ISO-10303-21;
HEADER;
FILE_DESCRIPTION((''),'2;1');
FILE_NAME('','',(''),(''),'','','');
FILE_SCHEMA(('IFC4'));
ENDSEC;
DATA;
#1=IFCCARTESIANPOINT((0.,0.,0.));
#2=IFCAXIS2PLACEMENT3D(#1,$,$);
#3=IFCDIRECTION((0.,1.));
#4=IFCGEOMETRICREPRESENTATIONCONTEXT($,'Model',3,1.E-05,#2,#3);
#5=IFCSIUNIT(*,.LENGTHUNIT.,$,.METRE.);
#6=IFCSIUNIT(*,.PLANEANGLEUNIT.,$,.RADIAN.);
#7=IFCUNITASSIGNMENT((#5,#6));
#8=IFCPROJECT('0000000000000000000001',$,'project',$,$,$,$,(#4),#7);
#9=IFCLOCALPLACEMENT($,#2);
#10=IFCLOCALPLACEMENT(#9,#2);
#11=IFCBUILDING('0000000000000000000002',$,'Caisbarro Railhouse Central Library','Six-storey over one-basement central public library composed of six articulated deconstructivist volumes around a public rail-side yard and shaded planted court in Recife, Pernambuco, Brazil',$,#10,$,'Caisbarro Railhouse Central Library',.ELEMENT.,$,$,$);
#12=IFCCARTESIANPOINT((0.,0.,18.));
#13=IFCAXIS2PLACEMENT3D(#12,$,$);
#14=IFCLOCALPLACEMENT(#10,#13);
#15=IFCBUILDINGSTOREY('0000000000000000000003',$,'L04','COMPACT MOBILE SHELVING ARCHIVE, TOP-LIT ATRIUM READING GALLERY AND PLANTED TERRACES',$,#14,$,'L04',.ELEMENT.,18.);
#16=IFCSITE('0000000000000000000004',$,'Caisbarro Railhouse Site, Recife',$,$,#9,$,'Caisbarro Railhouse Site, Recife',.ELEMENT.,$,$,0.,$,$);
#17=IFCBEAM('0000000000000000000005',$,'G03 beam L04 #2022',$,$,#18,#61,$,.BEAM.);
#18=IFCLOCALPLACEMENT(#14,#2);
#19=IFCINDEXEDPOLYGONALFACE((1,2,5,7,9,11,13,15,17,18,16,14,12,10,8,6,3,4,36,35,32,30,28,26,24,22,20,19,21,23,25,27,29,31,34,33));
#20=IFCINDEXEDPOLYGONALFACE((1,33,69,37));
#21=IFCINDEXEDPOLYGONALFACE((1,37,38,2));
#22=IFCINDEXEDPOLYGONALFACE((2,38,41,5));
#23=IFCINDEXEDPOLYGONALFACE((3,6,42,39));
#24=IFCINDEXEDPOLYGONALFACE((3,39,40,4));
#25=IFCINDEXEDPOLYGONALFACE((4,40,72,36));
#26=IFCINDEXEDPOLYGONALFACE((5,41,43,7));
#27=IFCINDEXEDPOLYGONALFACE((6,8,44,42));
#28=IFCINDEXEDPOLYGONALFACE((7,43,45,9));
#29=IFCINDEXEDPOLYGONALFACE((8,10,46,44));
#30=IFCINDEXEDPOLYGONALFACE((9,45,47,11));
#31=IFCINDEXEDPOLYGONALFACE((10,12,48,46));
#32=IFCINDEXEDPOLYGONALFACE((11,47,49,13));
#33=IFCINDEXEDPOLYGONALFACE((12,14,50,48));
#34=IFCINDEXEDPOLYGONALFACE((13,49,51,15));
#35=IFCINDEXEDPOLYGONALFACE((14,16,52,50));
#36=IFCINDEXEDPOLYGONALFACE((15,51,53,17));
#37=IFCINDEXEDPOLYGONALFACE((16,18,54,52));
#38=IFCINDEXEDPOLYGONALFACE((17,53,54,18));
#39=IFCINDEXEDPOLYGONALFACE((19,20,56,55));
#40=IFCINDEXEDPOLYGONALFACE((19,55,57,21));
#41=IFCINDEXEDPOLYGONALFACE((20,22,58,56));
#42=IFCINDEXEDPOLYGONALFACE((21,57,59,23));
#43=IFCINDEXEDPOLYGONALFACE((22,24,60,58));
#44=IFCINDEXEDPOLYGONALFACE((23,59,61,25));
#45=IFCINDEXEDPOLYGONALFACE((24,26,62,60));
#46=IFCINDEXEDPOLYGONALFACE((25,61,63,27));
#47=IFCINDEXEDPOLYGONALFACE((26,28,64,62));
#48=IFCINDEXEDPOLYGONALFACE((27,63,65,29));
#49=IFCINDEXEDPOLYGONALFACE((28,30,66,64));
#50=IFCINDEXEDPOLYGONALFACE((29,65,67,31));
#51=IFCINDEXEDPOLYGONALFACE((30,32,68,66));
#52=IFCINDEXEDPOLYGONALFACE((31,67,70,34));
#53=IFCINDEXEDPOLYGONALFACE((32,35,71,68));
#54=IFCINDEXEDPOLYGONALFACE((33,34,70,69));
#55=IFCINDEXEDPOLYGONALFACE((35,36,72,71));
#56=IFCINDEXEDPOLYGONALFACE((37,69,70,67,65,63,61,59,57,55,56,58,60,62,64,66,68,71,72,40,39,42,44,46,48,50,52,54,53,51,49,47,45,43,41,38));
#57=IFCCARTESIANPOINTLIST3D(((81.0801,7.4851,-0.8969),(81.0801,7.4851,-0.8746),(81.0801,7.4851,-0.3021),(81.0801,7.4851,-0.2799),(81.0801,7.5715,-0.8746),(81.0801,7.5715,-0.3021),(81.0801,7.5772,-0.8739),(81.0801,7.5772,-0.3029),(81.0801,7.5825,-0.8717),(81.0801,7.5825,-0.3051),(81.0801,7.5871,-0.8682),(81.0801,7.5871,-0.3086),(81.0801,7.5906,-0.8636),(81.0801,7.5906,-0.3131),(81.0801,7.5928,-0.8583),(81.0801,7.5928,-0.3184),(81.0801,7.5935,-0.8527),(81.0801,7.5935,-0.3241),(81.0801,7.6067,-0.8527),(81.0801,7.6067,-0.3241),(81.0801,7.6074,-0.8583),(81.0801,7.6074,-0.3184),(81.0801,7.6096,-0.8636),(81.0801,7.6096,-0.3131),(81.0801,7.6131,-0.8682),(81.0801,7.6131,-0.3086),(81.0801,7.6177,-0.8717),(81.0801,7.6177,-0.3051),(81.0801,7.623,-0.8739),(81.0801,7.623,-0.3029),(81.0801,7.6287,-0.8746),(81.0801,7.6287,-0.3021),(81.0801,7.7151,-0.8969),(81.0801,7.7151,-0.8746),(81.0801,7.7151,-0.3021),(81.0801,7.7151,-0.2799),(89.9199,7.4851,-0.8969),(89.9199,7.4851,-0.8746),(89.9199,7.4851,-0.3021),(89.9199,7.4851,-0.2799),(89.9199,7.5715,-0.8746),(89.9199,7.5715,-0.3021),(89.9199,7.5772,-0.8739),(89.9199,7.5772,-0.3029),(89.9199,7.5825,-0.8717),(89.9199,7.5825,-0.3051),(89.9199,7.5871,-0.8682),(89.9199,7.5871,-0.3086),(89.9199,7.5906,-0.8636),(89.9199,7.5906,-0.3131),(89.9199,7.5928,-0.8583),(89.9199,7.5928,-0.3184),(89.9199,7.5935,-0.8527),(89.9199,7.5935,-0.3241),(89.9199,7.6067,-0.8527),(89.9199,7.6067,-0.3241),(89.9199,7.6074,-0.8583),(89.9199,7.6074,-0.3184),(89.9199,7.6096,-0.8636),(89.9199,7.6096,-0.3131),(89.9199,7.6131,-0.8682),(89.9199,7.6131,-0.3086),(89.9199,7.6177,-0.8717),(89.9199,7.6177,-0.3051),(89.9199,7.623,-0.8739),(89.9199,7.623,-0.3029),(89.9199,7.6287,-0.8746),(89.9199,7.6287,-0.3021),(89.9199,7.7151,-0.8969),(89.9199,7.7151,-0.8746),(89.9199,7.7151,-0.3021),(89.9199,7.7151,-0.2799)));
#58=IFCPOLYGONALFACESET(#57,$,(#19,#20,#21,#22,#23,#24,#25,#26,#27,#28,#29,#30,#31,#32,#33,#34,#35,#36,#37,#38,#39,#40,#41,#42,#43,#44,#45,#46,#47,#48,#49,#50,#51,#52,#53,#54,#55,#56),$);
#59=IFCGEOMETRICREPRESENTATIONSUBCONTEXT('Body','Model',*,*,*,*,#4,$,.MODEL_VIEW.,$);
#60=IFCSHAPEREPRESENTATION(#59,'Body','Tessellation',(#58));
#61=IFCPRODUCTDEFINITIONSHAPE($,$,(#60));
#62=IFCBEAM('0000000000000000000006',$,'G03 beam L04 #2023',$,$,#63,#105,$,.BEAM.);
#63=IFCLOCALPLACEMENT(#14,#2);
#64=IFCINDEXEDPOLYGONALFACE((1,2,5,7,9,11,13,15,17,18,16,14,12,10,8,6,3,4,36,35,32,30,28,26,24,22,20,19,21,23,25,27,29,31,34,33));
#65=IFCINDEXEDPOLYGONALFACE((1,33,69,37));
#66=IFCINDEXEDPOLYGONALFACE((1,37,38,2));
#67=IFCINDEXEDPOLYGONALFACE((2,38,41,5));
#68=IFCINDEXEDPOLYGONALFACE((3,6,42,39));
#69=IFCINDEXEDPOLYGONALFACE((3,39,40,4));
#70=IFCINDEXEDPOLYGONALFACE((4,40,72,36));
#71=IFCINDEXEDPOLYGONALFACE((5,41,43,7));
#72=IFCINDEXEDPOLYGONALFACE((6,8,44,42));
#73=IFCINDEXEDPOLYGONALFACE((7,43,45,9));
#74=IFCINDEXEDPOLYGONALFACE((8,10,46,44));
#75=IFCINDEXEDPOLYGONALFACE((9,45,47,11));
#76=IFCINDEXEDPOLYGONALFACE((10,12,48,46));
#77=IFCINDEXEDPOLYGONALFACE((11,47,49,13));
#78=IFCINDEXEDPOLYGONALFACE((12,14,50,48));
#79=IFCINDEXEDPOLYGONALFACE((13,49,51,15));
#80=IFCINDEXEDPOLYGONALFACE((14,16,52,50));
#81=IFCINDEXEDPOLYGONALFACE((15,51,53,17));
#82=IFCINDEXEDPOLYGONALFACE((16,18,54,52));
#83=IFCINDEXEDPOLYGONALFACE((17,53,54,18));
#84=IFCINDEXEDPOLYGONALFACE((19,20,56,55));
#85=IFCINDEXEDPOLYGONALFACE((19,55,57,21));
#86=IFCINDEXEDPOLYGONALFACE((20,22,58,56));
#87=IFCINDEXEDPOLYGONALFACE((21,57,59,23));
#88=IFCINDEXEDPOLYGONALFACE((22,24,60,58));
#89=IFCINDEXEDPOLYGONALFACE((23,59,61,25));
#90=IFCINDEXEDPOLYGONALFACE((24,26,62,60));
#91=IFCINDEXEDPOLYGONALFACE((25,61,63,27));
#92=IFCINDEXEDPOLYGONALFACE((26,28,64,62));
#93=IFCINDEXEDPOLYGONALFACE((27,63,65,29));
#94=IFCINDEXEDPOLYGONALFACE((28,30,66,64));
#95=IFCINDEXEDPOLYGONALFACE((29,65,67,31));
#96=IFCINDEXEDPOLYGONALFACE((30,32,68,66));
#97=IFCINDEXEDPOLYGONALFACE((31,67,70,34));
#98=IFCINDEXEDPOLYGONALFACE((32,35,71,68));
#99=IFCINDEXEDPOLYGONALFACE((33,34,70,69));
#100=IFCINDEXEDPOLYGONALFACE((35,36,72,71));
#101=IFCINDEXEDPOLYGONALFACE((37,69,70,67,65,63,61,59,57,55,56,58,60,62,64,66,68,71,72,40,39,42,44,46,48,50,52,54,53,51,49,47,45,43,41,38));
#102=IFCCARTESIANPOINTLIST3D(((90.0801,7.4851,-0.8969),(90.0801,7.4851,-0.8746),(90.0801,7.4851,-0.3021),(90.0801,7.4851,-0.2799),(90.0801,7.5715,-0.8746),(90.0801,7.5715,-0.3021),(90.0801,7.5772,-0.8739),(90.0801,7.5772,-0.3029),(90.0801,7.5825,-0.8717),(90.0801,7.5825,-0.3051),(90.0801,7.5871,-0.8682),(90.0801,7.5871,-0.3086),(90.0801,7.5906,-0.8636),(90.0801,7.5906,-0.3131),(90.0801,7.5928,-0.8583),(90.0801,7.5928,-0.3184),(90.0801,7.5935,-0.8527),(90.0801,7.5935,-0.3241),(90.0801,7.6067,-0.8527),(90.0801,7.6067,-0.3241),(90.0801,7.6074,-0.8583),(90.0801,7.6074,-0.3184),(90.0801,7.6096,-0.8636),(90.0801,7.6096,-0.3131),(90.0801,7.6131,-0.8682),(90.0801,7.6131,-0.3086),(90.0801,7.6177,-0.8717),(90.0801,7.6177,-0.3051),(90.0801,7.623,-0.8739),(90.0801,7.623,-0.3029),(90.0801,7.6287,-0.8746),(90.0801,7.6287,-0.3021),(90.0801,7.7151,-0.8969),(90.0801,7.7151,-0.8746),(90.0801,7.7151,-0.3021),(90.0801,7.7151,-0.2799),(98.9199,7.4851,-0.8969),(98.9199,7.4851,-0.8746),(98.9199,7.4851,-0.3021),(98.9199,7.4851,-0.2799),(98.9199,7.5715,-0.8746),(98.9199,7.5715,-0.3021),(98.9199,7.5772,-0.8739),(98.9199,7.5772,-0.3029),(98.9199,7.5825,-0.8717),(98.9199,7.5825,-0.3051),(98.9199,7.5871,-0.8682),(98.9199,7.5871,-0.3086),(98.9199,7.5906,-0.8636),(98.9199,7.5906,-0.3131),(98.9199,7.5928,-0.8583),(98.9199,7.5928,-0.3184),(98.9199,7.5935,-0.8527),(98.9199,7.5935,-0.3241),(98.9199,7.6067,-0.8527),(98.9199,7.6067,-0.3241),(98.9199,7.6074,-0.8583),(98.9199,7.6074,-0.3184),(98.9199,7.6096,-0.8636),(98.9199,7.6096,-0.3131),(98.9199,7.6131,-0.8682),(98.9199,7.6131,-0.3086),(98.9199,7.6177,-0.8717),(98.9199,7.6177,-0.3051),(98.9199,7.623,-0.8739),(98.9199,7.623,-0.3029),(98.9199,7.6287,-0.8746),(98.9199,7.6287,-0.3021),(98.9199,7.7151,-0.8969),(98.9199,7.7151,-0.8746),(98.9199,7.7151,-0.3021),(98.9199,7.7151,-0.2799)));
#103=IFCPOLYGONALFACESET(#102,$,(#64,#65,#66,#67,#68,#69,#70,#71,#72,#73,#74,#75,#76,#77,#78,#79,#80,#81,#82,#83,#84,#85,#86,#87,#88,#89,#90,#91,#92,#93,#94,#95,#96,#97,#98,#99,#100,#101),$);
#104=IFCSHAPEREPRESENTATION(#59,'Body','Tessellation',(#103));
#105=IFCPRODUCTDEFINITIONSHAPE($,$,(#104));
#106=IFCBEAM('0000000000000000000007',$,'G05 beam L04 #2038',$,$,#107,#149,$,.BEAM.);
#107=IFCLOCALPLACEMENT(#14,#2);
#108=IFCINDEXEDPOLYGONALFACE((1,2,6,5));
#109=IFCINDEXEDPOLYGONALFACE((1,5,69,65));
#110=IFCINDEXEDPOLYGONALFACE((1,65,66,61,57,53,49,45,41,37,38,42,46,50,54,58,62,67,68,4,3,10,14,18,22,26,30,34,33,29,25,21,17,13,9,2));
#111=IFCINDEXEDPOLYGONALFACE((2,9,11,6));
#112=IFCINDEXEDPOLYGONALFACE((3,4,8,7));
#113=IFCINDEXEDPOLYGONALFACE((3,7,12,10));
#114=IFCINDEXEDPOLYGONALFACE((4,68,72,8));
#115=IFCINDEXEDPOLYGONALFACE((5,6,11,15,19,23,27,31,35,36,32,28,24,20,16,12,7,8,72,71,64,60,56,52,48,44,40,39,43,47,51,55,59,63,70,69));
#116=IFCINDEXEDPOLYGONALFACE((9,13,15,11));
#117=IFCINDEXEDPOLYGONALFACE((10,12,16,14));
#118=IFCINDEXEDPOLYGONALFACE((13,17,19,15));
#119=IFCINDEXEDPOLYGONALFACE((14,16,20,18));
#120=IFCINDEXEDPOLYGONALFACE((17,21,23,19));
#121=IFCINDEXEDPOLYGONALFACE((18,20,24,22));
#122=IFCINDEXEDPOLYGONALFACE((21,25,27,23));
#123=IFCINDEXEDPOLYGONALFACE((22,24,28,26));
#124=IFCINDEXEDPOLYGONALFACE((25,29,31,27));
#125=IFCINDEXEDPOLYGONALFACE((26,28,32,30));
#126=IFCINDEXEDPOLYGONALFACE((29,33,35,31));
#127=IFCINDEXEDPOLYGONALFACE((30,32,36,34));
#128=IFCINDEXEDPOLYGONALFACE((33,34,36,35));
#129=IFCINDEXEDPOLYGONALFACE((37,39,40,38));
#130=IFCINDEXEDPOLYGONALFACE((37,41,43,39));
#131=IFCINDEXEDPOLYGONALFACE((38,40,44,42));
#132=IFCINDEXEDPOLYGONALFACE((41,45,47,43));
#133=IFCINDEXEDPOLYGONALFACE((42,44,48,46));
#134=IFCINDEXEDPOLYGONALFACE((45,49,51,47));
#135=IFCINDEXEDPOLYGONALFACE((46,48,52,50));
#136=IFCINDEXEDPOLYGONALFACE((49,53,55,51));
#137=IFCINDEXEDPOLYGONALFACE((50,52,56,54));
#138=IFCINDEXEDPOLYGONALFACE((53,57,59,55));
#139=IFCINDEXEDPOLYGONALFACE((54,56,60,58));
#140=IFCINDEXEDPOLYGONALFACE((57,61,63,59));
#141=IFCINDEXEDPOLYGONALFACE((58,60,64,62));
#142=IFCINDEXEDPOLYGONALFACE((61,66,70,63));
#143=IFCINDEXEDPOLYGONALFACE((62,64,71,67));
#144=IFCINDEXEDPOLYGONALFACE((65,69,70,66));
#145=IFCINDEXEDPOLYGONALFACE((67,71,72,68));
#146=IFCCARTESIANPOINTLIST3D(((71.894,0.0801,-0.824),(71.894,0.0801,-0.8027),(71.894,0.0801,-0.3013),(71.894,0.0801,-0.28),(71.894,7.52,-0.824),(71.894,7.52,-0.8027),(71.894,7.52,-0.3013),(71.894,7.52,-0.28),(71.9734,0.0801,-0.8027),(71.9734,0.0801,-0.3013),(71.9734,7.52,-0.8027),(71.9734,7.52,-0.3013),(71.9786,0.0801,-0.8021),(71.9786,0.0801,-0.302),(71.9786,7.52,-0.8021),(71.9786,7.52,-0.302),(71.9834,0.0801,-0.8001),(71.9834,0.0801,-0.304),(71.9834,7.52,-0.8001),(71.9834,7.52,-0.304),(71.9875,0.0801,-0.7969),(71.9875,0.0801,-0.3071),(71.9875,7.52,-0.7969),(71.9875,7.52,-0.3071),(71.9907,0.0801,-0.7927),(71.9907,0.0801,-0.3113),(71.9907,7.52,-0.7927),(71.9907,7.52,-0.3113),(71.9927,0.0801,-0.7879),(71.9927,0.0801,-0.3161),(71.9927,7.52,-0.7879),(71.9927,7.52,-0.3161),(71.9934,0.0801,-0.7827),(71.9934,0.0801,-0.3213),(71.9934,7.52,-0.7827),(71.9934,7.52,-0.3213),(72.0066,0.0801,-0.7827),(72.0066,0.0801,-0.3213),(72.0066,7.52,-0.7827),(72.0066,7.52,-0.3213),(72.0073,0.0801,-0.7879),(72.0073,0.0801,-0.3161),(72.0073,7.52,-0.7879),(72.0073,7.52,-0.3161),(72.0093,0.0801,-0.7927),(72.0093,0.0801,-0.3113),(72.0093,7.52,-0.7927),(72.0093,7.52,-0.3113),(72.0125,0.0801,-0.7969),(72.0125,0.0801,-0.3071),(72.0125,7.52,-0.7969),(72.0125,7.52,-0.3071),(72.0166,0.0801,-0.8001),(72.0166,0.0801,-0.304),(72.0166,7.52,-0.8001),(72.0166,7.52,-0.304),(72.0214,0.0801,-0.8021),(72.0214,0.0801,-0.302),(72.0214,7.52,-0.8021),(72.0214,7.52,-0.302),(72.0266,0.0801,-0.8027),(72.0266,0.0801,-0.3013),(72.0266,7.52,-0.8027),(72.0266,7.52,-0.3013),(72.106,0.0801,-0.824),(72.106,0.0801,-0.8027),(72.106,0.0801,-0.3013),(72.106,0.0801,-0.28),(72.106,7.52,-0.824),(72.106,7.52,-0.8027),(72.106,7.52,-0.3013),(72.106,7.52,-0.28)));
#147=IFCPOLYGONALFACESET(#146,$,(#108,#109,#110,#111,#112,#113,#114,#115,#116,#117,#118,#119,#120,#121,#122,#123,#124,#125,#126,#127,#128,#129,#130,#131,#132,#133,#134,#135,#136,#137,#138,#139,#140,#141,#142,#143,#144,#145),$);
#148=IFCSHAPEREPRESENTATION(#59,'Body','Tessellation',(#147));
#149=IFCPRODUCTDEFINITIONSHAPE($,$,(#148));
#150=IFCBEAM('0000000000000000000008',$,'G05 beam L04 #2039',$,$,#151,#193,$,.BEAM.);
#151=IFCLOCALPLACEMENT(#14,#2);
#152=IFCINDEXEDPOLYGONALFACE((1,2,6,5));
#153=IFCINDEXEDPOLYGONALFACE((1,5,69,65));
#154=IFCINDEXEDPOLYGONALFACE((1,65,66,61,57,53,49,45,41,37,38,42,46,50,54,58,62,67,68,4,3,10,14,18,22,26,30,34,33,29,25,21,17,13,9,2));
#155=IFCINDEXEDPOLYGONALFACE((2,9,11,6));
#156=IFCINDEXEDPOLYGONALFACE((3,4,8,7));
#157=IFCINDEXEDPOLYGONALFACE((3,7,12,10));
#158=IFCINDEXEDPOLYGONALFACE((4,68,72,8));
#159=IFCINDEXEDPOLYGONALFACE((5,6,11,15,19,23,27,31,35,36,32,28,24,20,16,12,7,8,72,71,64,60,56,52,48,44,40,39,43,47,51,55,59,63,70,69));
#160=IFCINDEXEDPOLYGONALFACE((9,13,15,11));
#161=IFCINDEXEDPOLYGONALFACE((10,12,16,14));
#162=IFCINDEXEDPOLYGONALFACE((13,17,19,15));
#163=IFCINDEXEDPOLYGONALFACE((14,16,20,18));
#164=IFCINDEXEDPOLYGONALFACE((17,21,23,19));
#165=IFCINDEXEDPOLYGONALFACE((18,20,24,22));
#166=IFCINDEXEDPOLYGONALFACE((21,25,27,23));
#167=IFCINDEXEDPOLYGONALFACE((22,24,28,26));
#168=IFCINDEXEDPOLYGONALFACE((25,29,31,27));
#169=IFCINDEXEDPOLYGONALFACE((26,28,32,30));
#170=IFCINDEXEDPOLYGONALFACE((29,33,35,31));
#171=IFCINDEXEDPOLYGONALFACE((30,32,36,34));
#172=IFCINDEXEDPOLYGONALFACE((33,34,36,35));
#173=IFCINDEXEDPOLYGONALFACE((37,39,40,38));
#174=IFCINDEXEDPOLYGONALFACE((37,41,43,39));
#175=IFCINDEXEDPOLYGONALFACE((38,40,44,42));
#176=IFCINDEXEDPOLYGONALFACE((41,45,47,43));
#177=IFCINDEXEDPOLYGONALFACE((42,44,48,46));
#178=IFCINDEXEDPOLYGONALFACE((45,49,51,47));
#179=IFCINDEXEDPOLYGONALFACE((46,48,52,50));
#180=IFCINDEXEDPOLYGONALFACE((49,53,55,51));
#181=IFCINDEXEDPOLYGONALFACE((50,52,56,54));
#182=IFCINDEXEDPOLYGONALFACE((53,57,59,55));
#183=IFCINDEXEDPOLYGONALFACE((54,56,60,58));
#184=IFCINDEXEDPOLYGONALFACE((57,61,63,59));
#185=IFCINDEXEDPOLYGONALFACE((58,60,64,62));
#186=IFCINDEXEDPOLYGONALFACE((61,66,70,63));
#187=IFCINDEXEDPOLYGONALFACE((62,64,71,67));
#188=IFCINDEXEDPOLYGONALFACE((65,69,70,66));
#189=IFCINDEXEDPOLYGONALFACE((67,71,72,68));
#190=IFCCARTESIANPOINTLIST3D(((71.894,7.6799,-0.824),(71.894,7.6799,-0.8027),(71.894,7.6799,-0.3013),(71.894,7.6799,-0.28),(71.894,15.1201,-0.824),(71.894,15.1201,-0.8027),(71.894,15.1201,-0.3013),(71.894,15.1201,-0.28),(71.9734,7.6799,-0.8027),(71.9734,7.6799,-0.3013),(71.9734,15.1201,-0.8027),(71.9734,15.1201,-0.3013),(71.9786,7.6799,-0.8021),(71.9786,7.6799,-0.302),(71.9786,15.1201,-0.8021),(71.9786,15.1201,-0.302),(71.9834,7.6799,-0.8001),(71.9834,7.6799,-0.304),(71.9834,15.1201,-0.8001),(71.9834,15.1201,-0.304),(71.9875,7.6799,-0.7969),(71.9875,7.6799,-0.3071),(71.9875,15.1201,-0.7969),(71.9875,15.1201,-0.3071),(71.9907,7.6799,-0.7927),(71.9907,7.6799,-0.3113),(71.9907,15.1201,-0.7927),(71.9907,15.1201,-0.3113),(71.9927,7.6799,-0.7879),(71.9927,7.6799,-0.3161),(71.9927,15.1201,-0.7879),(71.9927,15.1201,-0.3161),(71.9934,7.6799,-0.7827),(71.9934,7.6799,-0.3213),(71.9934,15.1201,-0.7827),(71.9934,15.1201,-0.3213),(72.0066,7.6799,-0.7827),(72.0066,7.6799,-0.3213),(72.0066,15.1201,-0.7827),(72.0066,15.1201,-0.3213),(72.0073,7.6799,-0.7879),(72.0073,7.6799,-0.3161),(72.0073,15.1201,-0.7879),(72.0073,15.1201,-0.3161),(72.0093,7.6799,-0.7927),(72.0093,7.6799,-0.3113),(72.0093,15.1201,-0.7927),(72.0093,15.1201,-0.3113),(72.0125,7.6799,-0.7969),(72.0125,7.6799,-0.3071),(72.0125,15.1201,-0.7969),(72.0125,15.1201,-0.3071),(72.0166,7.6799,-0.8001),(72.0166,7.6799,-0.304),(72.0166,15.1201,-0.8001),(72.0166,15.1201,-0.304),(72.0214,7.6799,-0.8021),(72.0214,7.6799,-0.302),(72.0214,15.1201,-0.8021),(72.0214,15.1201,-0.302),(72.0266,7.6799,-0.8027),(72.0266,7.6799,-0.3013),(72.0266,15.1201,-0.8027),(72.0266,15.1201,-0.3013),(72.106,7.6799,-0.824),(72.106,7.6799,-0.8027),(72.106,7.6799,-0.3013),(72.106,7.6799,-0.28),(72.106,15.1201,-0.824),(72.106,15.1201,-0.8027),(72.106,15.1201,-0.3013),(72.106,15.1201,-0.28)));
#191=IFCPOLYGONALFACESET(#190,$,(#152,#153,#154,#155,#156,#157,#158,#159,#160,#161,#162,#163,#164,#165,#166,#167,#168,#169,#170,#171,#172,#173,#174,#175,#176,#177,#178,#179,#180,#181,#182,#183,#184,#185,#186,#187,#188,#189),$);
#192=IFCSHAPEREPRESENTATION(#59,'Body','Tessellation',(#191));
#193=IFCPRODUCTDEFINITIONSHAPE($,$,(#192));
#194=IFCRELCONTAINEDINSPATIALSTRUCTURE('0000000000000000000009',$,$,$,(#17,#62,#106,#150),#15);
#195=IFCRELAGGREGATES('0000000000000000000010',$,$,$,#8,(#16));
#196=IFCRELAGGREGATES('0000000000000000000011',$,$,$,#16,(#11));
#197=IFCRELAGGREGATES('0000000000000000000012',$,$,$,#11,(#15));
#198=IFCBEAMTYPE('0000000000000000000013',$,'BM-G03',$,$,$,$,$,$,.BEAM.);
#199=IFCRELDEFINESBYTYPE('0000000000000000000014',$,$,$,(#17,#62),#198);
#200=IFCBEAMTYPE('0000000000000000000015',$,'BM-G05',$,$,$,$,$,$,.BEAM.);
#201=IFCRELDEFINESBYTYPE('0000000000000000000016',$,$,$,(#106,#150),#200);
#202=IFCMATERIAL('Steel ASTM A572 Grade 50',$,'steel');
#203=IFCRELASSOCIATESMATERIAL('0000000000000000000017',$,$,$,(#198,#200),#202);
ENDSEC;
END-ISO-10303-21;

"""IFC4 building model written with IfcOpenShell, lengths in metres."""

from ifc_helpers import new_model, si_unit, direction, frame, origin, origin_2d, place, context, subcontext, project, spatial, i_section, extrude, material, material_profile, profile_set, type_object, element, save


model = new_model("IFC4")

# Units and contexts
model_context = context("Model", 3, precision=1e-05, world=origin(), true_north=direction((0.0, 1.0)))
body_context = subcontext(model_context, "Body", "Model", "MODEL_VIEW")
ifc_project = project(units=[si_unit("LENGTHUNIT", "METRE"), si_unit("PLANEANGLEUNIT", "RADIAN")], contexts=[model_context])

# Site, building, storey
site_placement = place(None, origin())
site = spatial("IfcSite", under=ifc_project, at=site_placement, Name="Caisbarro Railhouse Site, Recife", LongName="Caisbarro Railhouse Site, Recife", CompositionType="ELEMENT", RefElevation=0.0)
building_placement = place(site_placement, origin())
building = spatial("IfcBuilding", under=site, at=building_placement, Name="Caisbarro Railhouse Central Library", Description="Six-storey over one-basement central public library composed of six articulated deconstructivist volumes around a public rail-side yard and shaded planted court in Recife, Pernambuco, Brazil", LongName="Caisbarro Railhouse Central Library", CompositionType="ELEMENT")
storey_placement = place(building_placement, frame((0.0, 0.0, 18.0)))
storey = spatial("IfcBuildingStorey", under=building, at=storey_placement, Name="L04", Description="COMPACT MOBILE SHELVING ARCHIVE, TOP-LIT ATRIUM READING GALLERY AND PLANTED TERRACES", LongName="L04", CompositionType="ELEMENT", Elevation=18.0)

# Shared definitions
ifc_material_1 = material(Name="Steel ASTM A572 Grade 50", Category="steel")

# Beams
ifc_material_profile_1 = material_profile(ifc_material_1, i_section(OverallWidth=0.23, OverallDepth=0.6169, WebThickness=0.0132, FlangeThickness=0.0222, FilletRadius=0.022, at=origin_2d()), Name="W610X140.0")
ifc_profile_set_1 = profile_set([ifc_material_profile_1], Name="Steel ASTM A572 Grade 50")
beam_type_1 = type_object("IfcBeamType", Name="BM-G03", PredefinedType="BEAM", material=ifc_profile_set_1)
for number, where, z_axis, x_axis, name in (
    (1, (81.0801, 7.6001, -0.5884), (1.0, 0.0, 0.0), (0.0, 1.0, 0.0), "G03 beam L04 #2022"),
    (2, (90.0801, 7.6001, -0.5884), (1.0, 0.0, 0.0), (0.0, 1.0, 0.0), "G03 beam L04 #2023"),
):
    element("IfcBeam", number, at=place(storey_placement, frame(where, z_axis=z_axis, x_axis=x_axis)), inside=storey, type_object=beam_type_1, Name=name, PredefinedType="BEAM", context=body_context, shape_type="SweptSolid", body=[
        extrude(i_section(OverallWidth=0.23, OverallDepth=0.6169, WebThickness=0.0132, FlangeThickness=0.0222, FilletRadius=0.022, at=origin_2d()), origin(), (0.0, 0.0, 1.0), 8.8398),
    ])
ifc_material_profile_2 = material_profile(ifc_material_1, i_section(OverallWidth=0.2119, OverallDepth=0.5439, WebThickness=0.0132, FlangeThickness=0.0212, FilletRadius=0.02, at=origin_2d()), Name="W530X123.0")
ifc_profile_set_2 = profile_set([ifc_material_profile_2], Name="Steel ASTM A572 Grade 50")
beam_type_2 = type_object("IfcBeamType", Name="BM-G05", PredefinedType="BEAM", material=ifc_profile_set_2)
beam_1_placement = place(storey_placement, frame((72.0, 0.0801, -0.552), z_axis=(0.0, 1.0, 0.0), x_axis=(-1.0, 0.0, 0.0)))
element("IfcBeam", 3, at=beam_1_placement, inside=storey, type_object=beam_type_2, Name="G05 beam L04 #2038", PredefinedType="BEAM", context=body_context, shape_type="SweptSolid", body=[
    extrude(i_section(OverallWidth=0.2119, OverallDepth=0.5439, WebThickness=0.0132, FlangeThickness=0.0212, FilletRadius=0.02, at=origin_2d()), origin(), (0.0, 0.0, 1.0), 7.4399),
])
beam_2_placement = place(storey_placement, frame((72.0, 7.6799, -0.552), z_axis=(0.0, 1.0, 0.0), x_axis=(-1.0, 0.0, 0.0)))
element("IfcBeam", 4, at=beam_2_placement, inside=storey, type_object=beam_type_2, Name="G05 beam L04 #2039", PredefinedType="BEAM", context=body_context, shape_type="SweptSolid", body=[
    extrude(i_section(OverallWidth=0.2119, OverallDepth=0.5439, WebThickness=0.0132, FlangeThickness=0.0212, FilletRadius=0.02, at=origin_2d()), origin(), (0.0, 0.0, 1.0), 7.4402),
])

save(model, "model.ifc")
